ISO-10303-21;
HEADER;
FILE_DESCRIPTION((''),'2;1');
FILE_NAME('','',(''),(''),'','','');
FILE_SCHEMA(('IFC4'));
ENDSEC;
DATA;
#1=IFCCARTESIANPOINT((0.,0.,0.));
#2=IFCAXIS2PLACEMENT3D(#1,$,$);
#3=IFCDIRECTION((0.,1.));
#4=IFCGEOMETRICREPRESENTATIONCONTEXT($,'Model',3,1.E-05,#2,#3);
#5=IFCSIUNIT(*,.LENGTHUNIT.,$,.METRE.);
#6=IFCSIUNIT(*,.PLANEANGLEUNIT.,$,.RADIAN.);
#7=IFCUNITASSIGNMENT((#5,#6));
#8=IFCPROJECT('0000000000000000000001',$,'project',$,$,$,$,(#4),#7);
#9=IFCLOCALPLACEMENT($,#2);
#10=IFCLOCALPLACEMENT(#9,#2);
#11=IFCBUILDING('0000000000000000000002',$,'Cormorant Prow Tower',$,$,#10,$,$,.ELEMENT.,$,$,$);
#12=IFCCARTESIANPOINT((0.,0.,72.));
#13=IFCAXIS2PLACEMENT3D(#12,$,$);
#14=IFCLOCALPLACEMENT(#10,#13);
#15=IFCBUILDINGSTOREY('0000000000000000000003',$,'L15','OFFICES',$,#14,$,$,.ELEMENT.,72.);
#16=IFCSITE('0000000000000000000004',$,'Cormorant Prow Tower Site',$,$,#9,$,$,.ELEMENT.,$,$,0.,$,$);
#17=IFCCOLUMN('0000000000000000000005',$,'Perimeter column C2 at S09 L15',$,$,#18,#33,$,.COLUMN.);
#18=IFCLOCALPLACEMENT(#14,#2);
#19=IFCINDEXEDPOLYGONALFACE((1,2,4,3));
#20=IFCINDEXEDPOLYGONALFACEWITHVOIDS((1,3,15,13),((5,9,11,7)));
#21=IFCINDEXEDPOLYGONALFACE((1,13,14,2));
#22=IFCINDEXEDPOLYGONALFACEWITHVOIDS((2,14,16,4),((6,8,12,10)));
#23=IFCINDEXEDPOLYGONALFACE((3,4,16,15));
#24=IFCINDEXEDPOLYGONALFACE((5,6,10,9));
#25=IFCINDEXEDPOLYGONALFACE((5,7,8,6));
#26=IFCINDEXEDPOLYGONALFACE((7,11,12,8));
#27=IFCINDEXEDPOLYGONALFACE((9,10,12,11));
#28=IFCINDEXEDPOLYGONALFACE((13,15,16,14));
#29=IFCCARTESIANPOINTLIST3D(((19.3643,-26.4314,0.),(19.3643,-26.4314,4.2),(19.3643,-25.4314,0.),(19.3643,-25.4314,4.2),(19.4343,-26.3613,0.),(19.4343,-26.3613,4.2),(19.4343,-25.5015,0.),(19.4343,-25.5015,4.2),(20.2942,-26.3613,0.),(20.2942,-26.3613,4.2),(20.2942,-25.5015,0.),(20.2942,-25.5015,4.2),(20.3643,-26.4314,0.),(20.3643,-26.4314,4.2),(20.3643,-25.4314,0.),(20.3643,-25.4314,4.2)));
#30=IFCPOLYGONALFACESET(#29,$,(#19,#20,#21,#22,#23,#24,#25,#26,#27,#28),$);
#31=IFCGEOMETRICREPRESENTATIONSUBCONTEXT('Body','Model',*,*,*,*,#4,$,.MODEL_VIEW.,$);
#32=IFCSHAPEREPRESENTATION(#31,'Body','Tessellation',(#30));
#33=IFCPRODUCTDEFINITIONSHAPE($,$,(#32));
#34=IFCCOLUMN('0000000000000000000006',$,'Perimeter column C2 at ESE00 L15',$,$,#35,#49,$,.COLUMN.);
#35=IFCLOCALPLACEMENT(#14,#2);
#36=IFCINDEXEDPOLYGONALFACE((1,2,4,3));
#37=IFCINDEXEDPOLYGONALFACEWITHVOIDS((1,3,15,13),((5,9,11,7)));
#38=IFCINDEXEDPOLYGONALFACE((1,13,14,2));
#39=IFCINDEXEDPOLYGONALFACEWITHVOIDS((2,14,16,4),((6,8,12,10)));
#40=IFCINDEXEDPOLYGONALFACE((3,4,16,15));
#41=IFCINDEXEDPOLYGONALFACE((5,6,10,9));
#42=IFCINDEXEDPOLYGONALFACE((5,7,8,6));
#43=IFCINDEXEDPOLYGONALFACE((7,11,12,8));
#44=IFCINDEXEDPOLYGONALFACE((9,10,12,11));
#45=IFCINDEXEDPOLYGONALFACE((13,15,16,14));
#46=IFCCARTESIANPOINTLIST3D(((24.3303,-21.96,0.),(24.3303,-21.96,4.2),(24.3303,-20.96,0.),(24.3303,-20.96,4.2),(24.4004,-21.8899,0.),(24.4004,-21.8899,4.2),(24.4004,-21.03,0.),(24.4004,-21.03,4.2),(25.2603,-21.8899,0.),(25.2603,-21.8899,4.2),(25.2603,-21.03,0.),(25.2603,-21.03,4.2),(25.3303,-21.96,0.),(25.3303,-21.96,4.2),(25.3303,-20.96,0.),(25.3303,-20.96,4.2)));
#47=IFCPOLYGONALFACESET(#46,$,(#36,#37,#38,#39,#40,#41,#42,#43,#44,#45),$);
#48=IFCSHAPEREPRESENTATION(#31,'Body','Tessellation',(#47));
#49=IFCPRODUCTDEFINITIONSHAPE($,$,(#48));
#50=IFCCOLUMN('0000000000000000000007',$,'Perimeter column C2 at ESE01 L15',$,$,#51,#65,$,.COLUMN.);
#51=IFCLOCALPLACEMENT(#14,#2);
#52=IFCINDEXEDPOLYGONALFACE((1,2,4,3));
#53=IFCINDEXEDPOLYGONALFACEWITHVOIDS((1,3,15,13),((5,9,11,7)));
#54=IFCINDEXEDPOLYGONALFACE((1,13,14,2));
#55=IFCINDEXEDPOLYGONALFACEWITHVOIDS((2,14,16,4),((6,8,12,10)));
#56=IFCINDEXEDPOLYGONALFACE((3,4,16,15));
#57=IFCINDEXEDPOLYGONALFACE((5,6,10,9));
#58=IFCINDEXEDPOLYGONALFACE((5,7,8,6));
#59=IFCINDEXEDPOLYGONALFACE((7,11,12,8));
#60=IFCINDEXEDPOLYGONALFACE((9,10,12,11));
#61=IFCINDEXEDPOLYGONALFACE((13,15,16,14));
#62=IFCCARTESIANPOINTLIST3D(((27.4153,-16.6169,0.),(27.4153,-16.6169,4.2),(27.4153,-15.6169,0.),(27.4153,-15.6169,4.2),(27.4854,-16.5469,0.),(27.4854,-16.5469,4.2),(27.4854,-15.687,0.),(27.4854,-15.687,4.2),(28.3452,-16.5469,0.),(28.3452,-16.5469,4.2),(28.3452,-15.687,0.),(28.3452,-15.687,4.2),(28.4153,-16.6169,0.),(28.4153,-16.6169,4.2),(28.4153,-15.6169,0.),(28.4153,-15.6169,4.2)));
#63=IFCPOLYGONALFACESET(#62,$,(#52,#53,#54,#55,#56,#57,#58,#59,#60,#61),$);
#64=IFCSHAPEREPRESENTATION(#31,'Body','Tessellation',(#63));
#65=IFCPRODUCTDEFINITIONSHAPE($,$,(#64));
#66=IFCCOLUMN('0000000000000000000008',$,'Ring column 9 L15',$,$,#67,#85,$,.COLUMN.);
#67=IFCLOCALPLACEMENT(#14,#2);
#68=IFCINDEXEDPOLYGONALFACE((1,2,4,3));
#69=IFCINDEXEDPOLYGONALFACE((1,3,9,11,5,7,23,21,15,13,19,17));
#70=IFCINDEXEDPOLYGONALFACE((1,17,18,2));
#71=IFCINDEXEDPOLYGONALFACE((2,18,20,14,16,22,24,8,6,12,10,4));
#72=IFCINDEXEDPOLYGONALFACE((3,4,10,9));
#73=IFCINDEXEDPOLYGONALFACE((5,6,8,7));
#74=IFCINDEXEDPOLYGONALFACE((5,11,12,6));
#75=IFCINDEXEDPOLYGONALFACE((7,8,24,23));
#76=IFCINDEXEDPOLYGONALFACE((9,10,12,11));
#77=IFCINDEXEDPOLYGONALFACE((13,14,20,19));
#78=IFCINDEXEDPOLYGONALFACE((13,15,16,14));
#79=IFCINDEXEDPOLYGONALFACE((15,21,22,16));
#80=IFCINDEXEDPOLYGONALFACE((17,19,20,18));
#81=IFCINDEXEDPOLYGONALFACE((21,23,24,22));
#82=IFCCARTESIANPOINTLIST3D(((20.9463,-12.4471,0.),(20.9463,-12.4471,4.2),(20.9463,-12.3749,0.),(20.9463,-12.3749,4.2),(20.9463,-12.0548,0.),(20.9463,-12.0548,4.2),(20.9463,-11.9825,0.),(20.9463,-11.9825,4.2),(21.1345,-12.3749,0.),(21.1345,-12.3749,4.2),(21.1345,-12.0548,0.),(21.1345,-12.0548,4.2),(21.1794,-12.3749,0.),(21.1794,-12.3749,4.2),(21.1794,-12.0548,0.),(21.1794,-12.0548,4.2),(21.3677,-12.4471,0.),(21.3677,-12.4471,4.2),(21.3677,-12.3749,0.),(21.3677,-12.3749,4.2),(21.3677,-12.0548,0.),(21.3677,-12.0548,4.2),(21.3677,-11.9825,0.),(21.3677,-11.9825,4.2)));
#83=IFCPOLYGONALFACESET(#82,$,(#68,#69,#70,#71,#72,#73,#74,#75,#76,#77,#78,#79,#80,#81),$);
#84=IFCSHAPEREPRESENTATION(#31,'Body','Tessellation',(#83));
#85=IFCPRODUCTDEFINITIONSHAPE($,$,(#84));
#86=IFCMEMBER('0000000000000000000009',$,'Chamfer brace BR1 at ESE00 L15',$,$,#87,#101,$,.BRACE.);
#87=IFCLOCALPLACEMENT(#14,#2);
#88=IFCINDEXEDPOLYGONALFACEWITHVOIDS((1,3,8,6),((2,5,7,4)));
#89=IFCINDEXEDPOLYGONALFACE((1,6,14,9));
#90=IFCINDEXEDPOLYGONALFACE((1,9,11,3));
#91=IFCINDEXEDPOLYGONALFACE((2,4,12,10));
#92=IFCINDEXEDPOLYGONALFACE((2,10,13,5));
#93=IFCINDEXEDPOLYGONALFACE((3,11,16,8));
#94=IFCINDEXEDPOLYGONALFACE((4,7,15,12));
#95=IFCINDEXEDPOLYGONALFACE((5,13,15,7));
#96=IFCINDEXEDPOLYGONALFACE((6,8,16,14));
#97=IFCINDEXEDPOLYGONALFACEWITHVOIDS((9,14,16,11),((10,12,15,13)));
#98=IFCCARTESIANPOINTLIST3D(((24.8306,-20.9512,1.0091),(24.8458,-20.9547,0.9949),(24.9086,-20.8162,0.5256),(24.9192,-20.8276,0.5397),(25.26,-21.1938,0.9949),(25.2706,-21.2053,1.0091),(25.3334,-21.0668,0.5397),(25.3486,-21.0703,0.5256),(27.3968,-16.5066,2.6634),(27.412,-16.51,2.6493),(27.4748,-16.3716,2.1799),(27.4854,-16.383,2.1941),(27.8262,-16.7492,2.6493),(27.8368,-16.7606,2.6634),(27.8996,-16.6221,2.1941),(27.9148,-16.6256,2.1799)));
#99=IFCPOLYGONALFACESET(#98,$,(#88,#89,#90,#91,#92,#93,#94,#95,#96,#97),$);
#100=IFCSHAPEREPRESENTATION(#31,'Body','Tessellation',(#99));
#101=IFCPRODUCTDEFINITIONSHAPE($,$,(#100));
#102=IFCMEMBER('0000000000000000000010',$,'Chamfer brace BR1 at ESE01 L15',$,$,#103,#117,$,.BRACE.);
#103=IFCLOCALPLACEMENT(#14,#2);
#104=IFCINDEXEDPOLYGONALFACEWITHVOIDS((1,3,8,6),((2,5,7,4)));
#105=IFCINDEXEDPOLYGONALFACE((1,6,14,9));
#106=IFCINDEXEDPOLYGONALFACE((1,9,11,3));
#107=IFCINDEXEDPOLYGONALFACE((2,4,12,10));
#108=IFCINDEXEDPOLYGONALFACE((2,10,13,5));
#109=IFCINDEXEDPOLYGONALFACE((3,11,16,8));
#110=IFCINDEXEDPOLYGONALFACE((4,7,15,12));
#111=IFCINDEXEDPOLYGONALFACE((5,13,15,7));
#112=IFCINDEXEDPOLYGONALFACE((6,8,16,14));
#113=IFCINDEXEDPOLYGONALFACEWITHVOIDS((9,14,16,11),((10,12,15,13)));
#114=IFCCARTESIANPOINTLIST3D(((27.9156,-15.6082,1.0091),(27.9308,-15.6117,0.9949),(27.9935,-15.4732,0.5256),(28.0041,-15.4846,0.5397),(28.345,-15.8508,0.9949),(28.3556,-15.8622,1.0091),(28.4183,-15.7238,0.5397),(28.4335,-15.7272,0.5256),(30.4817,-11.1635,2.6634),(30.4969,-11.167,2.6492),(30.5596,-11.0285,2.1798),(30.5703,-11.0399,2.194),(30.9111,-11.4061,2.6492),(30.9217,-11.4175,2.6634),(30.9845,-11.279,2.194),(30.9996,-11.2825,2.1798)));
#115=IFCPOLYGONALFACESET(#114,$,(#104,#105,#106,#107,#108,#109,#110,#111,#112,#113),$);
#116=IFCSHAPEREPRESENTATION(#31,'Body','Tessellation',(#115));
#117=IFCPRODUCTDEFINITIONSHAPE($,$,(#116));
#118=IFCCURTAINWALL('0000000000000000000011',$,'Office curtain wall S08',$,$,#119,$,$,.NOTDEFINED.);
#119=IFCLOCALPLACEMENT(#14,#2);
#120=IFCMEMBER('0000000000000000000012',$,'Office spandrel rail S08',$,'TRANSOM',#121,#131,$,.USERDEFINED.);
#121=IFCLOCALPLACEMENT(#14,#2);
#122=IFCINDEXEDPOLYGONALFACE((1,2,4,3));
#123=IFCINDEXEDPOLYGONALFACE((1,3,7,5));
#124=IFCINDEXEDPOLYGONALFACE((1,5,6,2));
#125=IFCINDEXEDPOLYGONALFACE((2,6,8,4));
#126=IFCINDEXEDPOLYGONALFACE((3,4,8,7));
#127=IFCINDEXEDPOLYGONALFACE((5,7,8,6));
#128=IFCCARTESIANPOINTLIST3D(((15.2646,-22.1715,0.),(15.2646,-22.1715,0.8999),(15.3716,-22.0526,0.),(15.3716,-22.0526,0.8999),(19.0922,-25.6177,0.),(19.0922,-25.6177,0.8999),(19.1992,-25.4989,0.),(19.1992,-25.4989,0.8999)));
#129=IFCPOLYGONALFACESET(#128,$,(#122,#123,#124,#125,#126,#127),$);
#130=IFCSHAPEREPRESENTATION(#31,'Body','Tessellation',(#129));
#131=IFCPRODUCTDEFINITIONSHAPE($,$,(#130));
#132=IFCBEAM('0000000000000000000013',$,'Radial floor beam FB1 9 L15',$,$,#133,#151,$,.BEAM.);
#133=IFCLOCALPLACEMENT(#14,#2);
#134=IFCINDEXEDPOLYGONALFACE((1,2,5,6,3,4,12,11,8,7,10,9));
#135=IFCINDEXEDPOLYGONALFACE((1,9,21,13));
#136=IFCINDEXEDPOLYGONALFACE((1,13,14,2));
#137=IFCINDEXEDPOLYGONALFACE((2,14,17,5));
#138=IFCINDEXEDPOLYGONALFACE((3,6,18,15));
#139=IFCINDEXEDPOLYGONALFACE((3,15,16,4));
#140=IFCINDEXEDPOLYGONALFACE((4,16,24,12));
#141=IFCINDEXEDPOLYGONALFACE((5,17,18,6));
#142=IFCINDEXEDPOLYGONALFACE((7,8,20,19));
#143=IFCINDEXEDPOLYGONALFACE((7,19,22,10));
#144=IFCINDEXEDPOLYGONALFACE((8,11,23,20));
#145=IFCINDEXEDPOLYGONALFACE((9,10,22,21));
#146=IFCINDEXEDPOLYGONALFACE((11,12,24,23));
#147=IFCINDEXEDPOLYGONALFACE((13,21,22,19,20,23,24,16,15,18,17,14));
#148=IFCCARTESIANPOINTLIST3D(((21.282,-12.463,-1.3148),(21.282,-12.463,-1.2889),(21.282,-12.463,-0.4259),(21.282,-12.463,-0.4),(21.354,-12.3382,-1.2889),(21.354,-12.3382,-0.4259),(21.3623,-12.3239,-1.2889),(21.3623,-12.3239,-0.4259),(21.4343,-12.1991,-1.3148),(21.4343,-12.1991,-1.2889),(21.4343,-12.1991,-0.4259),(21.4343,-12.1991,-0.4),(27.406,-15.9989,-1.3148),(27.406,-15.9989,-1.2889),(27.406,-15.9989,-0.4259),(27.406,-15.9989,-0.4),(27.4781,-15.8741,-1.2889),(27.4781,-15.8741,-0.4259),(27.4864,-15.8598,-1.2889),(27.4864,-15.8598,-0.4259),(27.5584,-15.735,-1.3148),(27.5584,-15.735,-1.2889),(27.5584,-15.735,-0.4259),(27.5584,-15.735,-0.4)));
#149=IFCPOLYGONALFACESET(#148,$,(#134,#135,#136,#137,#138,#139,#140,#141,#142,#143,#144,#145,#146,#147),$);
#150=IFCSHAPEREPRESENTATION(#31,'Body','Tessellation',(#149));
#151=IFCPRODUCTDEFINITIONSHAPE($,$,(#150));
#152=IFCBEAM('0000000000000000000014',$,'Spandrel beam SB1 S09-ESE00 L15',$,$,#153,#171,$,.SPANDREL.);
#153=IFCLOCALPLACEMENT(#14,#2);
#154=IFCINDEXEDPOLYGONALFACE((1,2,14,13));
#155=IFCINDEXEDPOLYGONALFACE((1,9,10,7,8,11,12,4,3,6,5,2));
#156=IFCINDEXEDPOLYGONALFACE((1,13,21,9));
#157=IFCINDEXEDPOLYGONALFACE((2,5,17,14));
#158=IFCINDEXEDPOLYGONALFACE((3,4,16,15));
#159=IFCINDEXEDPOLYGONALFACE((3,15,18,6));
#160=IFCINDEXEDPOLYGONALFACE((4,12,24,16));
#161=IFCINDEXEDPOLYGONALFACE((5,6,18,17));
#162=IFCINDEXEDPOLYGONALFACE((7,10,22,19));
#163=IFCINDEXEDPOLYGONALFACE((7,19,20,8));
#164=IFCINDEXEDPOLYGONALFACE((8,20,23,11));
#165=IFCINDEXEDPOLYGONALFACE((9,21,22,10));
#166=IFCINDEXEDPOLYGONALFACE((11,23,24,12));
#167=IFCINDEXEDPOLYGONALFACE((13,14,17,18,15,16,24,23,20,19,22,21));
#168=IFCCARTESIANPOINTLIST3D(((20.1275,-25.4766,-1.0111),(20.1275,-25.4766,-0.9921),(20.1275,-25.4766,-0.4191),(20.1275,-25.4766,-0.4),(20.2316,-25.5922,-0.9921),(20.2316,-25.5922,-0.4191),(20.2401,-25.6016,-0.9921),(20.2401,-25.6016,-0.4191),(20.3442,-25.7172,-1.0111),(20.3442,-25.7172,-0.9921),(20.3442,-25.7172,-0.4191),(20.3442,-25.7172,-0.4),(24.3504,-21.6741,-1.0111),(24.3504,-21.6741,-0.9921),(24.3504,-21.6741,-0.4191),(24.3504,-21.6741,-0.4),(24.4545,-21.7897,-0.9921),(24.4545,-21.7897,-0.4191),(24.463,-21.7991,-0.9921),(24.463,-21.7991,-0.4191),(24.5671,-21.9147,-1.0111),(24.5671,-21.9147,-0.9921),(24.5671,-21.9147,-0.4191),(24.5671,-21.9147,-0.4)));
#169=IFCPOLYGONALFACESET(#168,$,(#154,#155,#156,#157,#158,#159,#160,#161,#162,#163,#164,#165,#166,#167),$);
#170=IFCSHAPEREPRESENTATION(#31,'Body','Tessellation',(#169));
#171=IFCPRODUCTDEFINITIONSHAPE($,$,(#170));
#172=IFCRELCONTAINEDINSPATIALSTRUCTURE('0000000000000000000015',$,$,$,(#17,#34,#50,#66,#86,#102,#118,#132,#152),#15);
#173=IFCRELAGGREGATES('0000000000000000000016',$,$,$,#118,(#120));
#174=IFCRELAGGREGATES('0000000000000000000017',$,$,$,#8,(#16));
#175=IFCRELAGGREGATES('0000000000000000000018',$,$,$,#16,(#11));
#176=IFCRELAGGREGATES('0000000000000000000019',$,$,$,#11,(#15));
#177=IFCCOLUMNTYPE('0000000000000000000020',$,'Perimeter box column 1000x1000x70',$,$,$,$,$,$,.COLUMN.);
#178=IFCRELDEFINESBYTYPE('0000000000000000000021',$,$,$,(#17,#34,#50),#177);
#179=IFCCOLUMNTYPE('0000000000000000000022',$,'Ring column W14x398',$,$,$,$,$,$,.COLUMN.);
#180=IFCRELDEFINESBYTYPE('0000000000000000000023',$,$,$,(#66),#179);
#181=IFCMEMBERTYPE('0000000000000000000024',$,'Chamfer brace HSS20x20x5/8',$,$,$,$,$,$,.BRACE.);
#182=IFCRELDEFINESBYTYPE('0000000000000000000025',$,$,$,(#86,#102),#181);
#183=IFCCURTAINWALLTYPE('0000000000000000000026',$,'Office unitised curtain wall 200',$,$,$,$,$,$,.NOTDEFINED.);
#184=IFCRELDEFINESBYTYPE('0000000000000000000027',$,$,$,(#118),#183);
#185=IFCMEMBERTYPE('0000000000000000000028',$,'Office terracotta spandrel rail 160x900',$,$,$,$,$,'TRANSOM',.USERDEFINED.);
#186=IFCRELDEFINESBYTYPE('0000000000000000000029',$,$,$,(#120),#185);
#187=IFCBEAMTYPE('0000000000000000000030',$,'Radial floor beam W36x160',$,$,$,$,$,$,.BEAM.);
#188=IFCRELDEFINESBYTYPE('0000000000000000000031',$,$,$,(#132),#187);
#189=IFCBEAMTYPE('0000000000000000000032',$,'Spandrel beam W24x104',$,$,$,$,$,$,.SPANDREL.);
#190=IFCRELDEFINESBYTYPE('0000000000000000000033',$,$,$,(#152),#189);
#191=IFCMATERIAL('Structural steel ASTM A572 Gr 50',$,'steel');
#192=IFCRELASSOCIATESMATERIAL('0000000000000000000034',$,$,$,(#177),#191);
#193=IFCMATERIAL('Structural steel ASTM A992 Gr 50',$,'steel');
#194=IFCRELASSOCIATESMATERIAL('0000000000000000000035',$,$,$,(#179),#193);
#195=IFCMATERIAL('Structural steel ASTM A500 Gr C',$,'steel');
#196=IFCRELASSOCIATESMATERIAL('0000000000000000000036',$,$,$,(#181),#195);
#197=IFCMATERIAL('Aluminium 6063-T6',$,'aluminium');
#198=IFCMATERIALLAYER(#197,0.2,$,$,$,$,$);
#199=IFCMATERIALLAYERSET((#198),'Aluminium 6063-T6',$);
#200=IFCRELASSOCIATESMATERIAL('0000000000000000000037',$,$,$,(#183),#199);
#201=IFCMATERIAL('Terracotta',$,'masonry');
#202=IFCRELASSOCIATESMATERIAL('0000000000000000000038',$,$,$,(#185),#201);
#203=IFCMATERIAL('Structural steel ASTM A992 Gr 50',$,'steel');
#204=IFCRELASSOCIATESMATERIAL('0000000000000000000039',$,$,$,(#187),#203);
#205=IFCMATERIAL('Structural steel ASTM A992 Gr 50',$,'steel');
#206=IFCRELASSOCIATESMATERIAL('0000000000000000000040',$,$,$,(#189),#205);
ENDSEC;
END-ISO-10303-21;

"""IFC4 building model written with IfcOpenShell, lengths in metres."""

from ifc_helpers import new_model, si_unit, direction, frame, origin, origin_2d, place, context, subcontext, project, spatial, rectangle, hollow_rectangle, i_section, extrude, material, layer, layer_set, material_profile, profile_set, type_object, element, aggregate, save


model = new_model("IFC4")

# Units and contexts
model_context = context("Model", 3, precision=1e-05, world=origin(), true_north=direction((0.0, 1.0)))
body_context = subcontext(model_context, "Body", "Model", "MODEL_VIEW")
ifc_project = project(units=[si_unit("LENGTHUNIT", "METRE"), si_unit("PLANEANGLEUNIT", "RADIAN")], contexts=[model_context])

# Site, building, storey
site_placement = place(None, origin())
site = spatial("IfcSite", under=ifc_project, at=site_placement, Name="Cormorant Prow Tower Site", CompositionType="ELEMENT", RefElevation=0.0)
building_placement = place(site_placement, origin())
building = spatial("IfcBuilding", under=site, at=building_placement, Name="Cormorant Prow Tower", CompositionType="ELEMENT")
storey_placement = place(building_placement, frame((0.0, 0.0, 72.0)))
storey = spatial("IfcBuildingStorey", under=building, at=storey_placement, Name="L15", Description="OFFICES", CompositionType="ELEMENT", Elevation=72.0)

# Columns
ifc_material_1 = material(Name="Structural steel ASTM A572 Gr 50", Category="steel")
ifc_material_profile_1 = material_profile(ifc_material_1, hollow_rectangle(XDim=1.0, YDim=1.0, WallThickness=0.0701, at=origin_2d()), Name="Box 1000x1000x70")
ifc_profile_set_1 = profile_set([ifc_material_profile_1], Name="Structural steel ASTM A572 Gr 50")
column_type_1 = type_object("IfcColumnType", Name="Perimeter box column 1000x1000x70", PredefinedType="COLUMN", material=ifc_profile_set_1)
for number, where, z_axis, x_axis, name in (
    (1, (19.8643, -25.9314, 0.0), (0.0, 0.0, 1.0), (1.0, 0.0, 0.0), "Perimeter column C2 at S09 L15"),
    (2, (24.8303, -21.46, 0.0), (0.0, 0.0, 1.0), (1.0, 0.0, 0.0), "Perimeter column C2 at ESE00 L15"),
    (3, (27.9153, -16.1169, 0.0), (0.0, 0.0, 1.0), (1.0, 0.0, 0.0), "Perimeter column C2 at ESE01 L15"),
):
    element("IfcColumn", number, at=place(storey_placement, frame(where, z_axis=z_axis, x_axis=x_axis)), inside=storey, type_object=column_type_1, Name=name, PredefinedType="COLUMN", context=body_context, shape_type="SweptSolid", body=[
        extrude(hollow_rectangle(XDim=1.0, YDim=1.0, WallThickness=0.0701, at=origin_2d()), origin(), (0.0, 0.0, 1.0), 4.2),
    ])
ifc_material_2 = material(Name="Structural steel ASTM A992 Gr 50", Category="steel")
ifc_material_profile_2 = material_profile(ifc_material_2, i_section(OverallWidth=0.4214, OverallDepth=0.4646, WebThickness=0.0449, FlangeThickness=0.0723, at=origin_2d()), Name="W14x398")
ifc_profile_set_2 = profile_set([ifc_material_profile_2], Name="Structural steel ASTM A992 Gr 50")
column_type_2 = type_object("IfcColumnType", Name="Ring column W14x398", PredefinedType="COLUMN", material=ifc_profile_set_2)
column_placement = place(storey_placement, frame((21.157, -12.2148, 0.0), z_axis=(0.0, 0.0, 1.0), x_axis=(1.0, 0.0, 0.0)))
element("IfcColumn", 4, at=column_placement, inside=storey, type_object=column_type_2, Name="Ring column 9 L15", PredefinedType="COLUMN", context=body_context, shape_type="SweptSolid", body=[
    extrude(i_section(OverallWidth=0.4214, OverallDepth=0.4646, WebThickness=0.0449, FlangeThickness=0.0723, at=origin_2d()), origin(), (0.0, 0.0, 1.0), 4.2),
])

# Members
ifc_material_3 = material(Name="Structural steel ASTM A500 Gr C", Category="steel")
ifc_material_profile_3 = material_profile(ifc_material_3, hollow_rectangle(XDim=0.5081, YDim=0.5081, WallThickness=0.0149, at=origin_2d()), Name="HSS20x20x5/8")
ifc_profile_set_3 = profile_set([ifc_material_profile_3], Name="Structural steel ASTM A500 Gr C")
member_type_1 = type_object("IfcMemberType", Name="Chamfer brace HSS20x20x5/8", PredefinedType="BRACE", material=ifc_profile_set_3)
for number, where, z_axis, x_axis, name in (
    (5, (25.0896, -21.0107, 0.7673), (0.4759, 0.824256, 0.306793), (-0.866018, 0.500012, 0.0), "Chamfer brace BR1 at ESE00 L15"),
    (6, (28.1746, -15.6677, 0.7673), (0.475882, 0.82427, 0.306781), (-0.86603, 0.499991, 0.0), "Chamfer brace BR1 at ESE01 L15"),
):
    element("IfcMember", number, at=place(storey_placement, frame(where, z_axis=z_axis, x_axis=x_axis)), inside=storey, type_object=member_type_1, Name=name, PredefinedType="BRACE", context=body_context, shape_type="SweptSolid", body=[
        extrude(hollow_rectangle(XDim=0.5081, YDim=0.5081, WallThickness=0.0149, at=origin_2d()), origin(), (0.0, 0.0, 1.0), 5.3923),
    ])

# Curtain wall, member
ifc_material_4 = material(Name="Aluminium 6063-T6", Category="aluminium")
ifc_layer_1 = layer(ifc_material_4, 0.2)
ifc_layer_set_1 = layer_set([ifc_layer_1], Name="Aluminium 6063-T6")
curtain_wall_type = type_object("IfcCurtainWallType", Name="Office unitised curtain wall 200", PredefinedType="NOTDEFINED", material=ifc_layer_set_1)
curtain_wall_placement = place(storey_placement, origin())
curtain_wall = element("IfcCurtainWall", 7, at=curtain_wall_placement, inside=storey, type_object=curtain_wall_type, Name="Office curtain wall S08", PredefinedType="NOTDEFINED")
ifc_material_5 = material(Name="Terracotta", Category="masonry")
ifc_material_profile_4 = material_profile(ifc_material_5, rectangle(XDim=0.1599, YDim=0.8999, at=origin_2d()), Name="Office terracotta spandrel rail 160x900")
ifc_profile_set_4 = profile_set([ifc_material_profile_4], Name="Terracotta")
member_type_2 = type_object("IfcMemberType", Name="Office terracotta spandrel rail 160x900", ElementType="TRANSOM", PredefinedType="USERDEFINED", material=ifc_profile_set_4)
member_placement = place(storey_placement, frame((15.3181, -22.1121, 0.45), z_axis=(0.743157, -0.669117, 0.0), x_axis=(0.669117, 0.743157, 0.0)))
member = element("IfcMember", 8, at=member_placement, type_object=member_type_2, Name="Office spandrel rail S08", ObjectType="TRANSOM", PredefinedType="USERDEFINED", context=body_context, shape_type="SweptSolid", body=[
    extrude(rectangle(XDim=0.1599, YDim=0.8999, at=origin_2d()), origin(), (0.0, 0.0, 1.0), 5.1504),
])

# Beams
ifc_material_6 = material(Name="Structural steel ASTM A992 Gr 50", Category="steel")
ifc_material_profile_5 = material_profile(ifc_material_6, i_section(OverallWidth=0.3047, OverallDepth=0.9148, WebThickness=0.0166, FlangeThickness=0.0259, at=origin_2d()), Name="W36x160")
ifc_profile_set_5 = profile_set([ifc_material_profile_5], Name="Structural steel ASTM A992 Gr 50")
beam_type_1 = type_object("IfcBeamType", Name="Radial floor beam W36x160", PredefinedType="BEAM", material=ifc_profile_set_5)
beam_1_placement = place(storey_placement, frame((21.3582, -12.3311, -0.8574), z_axis=(0.866014, -0.500019, 0.0), x_axis=(0.500019, 0.866014, 0.0)))
element("IfcBeam", 9, at=beam_1_placement, inside=storey, type_object=beam_type_1, Name="Radial floor beam FB1 9 L15", PredefinedType="BEAM", context=body_context, shape_type="SweptSolid", body=[
    extrude(i_section(OverallWidth=0.3047, OverallDepth=0.9148, WebThickness=0.0166, FlangeThickness=0.0259, at=origin_2d()), origin(), (0.0, 0.0, 1.0), 7.0715),
])
ifc_material_7 = material(Name="Structural steel ASTM A992 Gr 50", Category="steel")
ifc_material_profile_6 = material_profile(ifc_material_7, i_section(OverallWidth=0.3237, OverallDepth=0.6111, WebThickness=0.0127, FlangeThickness=0.019, at=origin_2d()), Name="W24x104")
ifc_profile_set_6 = profile_set([ifc_material_profile_6], Name="Structural steel ASTM A992 Gr 50")
beam_type_2 = type_object("IfcBeamType", Name="Spandrel beam W24x104", PredefinedType="SPANDREL", material=ifc_profile_set_6)
beam_2_placement = place(storey_placement, frame((20.2358, -25.5969, -0.7056), z_axis=(0.74313, 0.669147, 0.0), x_axis=(-0.669147, 0.74313, 0.0)))
element("IfcBeam", 10, at=beam_2_placement, inside=storey, type_object=beam_type_2, Name="Spandrel beam SB1 S09-ESE00 L15", PredefinedType="SPANDREL", context=body_context, shape_type="SweptSolid", body=[
    extrude(i_section(OverallWidth=0.3237, OverallDepth=0.6111, WebThickness=0.0127, FlangeThickness=0.019, at=origin_2d()), origin(), (0.0, 0.0, 1.0), 5.6826),
])

aggregate(curtain_wall, [member])

save(model, "model.ifc")
